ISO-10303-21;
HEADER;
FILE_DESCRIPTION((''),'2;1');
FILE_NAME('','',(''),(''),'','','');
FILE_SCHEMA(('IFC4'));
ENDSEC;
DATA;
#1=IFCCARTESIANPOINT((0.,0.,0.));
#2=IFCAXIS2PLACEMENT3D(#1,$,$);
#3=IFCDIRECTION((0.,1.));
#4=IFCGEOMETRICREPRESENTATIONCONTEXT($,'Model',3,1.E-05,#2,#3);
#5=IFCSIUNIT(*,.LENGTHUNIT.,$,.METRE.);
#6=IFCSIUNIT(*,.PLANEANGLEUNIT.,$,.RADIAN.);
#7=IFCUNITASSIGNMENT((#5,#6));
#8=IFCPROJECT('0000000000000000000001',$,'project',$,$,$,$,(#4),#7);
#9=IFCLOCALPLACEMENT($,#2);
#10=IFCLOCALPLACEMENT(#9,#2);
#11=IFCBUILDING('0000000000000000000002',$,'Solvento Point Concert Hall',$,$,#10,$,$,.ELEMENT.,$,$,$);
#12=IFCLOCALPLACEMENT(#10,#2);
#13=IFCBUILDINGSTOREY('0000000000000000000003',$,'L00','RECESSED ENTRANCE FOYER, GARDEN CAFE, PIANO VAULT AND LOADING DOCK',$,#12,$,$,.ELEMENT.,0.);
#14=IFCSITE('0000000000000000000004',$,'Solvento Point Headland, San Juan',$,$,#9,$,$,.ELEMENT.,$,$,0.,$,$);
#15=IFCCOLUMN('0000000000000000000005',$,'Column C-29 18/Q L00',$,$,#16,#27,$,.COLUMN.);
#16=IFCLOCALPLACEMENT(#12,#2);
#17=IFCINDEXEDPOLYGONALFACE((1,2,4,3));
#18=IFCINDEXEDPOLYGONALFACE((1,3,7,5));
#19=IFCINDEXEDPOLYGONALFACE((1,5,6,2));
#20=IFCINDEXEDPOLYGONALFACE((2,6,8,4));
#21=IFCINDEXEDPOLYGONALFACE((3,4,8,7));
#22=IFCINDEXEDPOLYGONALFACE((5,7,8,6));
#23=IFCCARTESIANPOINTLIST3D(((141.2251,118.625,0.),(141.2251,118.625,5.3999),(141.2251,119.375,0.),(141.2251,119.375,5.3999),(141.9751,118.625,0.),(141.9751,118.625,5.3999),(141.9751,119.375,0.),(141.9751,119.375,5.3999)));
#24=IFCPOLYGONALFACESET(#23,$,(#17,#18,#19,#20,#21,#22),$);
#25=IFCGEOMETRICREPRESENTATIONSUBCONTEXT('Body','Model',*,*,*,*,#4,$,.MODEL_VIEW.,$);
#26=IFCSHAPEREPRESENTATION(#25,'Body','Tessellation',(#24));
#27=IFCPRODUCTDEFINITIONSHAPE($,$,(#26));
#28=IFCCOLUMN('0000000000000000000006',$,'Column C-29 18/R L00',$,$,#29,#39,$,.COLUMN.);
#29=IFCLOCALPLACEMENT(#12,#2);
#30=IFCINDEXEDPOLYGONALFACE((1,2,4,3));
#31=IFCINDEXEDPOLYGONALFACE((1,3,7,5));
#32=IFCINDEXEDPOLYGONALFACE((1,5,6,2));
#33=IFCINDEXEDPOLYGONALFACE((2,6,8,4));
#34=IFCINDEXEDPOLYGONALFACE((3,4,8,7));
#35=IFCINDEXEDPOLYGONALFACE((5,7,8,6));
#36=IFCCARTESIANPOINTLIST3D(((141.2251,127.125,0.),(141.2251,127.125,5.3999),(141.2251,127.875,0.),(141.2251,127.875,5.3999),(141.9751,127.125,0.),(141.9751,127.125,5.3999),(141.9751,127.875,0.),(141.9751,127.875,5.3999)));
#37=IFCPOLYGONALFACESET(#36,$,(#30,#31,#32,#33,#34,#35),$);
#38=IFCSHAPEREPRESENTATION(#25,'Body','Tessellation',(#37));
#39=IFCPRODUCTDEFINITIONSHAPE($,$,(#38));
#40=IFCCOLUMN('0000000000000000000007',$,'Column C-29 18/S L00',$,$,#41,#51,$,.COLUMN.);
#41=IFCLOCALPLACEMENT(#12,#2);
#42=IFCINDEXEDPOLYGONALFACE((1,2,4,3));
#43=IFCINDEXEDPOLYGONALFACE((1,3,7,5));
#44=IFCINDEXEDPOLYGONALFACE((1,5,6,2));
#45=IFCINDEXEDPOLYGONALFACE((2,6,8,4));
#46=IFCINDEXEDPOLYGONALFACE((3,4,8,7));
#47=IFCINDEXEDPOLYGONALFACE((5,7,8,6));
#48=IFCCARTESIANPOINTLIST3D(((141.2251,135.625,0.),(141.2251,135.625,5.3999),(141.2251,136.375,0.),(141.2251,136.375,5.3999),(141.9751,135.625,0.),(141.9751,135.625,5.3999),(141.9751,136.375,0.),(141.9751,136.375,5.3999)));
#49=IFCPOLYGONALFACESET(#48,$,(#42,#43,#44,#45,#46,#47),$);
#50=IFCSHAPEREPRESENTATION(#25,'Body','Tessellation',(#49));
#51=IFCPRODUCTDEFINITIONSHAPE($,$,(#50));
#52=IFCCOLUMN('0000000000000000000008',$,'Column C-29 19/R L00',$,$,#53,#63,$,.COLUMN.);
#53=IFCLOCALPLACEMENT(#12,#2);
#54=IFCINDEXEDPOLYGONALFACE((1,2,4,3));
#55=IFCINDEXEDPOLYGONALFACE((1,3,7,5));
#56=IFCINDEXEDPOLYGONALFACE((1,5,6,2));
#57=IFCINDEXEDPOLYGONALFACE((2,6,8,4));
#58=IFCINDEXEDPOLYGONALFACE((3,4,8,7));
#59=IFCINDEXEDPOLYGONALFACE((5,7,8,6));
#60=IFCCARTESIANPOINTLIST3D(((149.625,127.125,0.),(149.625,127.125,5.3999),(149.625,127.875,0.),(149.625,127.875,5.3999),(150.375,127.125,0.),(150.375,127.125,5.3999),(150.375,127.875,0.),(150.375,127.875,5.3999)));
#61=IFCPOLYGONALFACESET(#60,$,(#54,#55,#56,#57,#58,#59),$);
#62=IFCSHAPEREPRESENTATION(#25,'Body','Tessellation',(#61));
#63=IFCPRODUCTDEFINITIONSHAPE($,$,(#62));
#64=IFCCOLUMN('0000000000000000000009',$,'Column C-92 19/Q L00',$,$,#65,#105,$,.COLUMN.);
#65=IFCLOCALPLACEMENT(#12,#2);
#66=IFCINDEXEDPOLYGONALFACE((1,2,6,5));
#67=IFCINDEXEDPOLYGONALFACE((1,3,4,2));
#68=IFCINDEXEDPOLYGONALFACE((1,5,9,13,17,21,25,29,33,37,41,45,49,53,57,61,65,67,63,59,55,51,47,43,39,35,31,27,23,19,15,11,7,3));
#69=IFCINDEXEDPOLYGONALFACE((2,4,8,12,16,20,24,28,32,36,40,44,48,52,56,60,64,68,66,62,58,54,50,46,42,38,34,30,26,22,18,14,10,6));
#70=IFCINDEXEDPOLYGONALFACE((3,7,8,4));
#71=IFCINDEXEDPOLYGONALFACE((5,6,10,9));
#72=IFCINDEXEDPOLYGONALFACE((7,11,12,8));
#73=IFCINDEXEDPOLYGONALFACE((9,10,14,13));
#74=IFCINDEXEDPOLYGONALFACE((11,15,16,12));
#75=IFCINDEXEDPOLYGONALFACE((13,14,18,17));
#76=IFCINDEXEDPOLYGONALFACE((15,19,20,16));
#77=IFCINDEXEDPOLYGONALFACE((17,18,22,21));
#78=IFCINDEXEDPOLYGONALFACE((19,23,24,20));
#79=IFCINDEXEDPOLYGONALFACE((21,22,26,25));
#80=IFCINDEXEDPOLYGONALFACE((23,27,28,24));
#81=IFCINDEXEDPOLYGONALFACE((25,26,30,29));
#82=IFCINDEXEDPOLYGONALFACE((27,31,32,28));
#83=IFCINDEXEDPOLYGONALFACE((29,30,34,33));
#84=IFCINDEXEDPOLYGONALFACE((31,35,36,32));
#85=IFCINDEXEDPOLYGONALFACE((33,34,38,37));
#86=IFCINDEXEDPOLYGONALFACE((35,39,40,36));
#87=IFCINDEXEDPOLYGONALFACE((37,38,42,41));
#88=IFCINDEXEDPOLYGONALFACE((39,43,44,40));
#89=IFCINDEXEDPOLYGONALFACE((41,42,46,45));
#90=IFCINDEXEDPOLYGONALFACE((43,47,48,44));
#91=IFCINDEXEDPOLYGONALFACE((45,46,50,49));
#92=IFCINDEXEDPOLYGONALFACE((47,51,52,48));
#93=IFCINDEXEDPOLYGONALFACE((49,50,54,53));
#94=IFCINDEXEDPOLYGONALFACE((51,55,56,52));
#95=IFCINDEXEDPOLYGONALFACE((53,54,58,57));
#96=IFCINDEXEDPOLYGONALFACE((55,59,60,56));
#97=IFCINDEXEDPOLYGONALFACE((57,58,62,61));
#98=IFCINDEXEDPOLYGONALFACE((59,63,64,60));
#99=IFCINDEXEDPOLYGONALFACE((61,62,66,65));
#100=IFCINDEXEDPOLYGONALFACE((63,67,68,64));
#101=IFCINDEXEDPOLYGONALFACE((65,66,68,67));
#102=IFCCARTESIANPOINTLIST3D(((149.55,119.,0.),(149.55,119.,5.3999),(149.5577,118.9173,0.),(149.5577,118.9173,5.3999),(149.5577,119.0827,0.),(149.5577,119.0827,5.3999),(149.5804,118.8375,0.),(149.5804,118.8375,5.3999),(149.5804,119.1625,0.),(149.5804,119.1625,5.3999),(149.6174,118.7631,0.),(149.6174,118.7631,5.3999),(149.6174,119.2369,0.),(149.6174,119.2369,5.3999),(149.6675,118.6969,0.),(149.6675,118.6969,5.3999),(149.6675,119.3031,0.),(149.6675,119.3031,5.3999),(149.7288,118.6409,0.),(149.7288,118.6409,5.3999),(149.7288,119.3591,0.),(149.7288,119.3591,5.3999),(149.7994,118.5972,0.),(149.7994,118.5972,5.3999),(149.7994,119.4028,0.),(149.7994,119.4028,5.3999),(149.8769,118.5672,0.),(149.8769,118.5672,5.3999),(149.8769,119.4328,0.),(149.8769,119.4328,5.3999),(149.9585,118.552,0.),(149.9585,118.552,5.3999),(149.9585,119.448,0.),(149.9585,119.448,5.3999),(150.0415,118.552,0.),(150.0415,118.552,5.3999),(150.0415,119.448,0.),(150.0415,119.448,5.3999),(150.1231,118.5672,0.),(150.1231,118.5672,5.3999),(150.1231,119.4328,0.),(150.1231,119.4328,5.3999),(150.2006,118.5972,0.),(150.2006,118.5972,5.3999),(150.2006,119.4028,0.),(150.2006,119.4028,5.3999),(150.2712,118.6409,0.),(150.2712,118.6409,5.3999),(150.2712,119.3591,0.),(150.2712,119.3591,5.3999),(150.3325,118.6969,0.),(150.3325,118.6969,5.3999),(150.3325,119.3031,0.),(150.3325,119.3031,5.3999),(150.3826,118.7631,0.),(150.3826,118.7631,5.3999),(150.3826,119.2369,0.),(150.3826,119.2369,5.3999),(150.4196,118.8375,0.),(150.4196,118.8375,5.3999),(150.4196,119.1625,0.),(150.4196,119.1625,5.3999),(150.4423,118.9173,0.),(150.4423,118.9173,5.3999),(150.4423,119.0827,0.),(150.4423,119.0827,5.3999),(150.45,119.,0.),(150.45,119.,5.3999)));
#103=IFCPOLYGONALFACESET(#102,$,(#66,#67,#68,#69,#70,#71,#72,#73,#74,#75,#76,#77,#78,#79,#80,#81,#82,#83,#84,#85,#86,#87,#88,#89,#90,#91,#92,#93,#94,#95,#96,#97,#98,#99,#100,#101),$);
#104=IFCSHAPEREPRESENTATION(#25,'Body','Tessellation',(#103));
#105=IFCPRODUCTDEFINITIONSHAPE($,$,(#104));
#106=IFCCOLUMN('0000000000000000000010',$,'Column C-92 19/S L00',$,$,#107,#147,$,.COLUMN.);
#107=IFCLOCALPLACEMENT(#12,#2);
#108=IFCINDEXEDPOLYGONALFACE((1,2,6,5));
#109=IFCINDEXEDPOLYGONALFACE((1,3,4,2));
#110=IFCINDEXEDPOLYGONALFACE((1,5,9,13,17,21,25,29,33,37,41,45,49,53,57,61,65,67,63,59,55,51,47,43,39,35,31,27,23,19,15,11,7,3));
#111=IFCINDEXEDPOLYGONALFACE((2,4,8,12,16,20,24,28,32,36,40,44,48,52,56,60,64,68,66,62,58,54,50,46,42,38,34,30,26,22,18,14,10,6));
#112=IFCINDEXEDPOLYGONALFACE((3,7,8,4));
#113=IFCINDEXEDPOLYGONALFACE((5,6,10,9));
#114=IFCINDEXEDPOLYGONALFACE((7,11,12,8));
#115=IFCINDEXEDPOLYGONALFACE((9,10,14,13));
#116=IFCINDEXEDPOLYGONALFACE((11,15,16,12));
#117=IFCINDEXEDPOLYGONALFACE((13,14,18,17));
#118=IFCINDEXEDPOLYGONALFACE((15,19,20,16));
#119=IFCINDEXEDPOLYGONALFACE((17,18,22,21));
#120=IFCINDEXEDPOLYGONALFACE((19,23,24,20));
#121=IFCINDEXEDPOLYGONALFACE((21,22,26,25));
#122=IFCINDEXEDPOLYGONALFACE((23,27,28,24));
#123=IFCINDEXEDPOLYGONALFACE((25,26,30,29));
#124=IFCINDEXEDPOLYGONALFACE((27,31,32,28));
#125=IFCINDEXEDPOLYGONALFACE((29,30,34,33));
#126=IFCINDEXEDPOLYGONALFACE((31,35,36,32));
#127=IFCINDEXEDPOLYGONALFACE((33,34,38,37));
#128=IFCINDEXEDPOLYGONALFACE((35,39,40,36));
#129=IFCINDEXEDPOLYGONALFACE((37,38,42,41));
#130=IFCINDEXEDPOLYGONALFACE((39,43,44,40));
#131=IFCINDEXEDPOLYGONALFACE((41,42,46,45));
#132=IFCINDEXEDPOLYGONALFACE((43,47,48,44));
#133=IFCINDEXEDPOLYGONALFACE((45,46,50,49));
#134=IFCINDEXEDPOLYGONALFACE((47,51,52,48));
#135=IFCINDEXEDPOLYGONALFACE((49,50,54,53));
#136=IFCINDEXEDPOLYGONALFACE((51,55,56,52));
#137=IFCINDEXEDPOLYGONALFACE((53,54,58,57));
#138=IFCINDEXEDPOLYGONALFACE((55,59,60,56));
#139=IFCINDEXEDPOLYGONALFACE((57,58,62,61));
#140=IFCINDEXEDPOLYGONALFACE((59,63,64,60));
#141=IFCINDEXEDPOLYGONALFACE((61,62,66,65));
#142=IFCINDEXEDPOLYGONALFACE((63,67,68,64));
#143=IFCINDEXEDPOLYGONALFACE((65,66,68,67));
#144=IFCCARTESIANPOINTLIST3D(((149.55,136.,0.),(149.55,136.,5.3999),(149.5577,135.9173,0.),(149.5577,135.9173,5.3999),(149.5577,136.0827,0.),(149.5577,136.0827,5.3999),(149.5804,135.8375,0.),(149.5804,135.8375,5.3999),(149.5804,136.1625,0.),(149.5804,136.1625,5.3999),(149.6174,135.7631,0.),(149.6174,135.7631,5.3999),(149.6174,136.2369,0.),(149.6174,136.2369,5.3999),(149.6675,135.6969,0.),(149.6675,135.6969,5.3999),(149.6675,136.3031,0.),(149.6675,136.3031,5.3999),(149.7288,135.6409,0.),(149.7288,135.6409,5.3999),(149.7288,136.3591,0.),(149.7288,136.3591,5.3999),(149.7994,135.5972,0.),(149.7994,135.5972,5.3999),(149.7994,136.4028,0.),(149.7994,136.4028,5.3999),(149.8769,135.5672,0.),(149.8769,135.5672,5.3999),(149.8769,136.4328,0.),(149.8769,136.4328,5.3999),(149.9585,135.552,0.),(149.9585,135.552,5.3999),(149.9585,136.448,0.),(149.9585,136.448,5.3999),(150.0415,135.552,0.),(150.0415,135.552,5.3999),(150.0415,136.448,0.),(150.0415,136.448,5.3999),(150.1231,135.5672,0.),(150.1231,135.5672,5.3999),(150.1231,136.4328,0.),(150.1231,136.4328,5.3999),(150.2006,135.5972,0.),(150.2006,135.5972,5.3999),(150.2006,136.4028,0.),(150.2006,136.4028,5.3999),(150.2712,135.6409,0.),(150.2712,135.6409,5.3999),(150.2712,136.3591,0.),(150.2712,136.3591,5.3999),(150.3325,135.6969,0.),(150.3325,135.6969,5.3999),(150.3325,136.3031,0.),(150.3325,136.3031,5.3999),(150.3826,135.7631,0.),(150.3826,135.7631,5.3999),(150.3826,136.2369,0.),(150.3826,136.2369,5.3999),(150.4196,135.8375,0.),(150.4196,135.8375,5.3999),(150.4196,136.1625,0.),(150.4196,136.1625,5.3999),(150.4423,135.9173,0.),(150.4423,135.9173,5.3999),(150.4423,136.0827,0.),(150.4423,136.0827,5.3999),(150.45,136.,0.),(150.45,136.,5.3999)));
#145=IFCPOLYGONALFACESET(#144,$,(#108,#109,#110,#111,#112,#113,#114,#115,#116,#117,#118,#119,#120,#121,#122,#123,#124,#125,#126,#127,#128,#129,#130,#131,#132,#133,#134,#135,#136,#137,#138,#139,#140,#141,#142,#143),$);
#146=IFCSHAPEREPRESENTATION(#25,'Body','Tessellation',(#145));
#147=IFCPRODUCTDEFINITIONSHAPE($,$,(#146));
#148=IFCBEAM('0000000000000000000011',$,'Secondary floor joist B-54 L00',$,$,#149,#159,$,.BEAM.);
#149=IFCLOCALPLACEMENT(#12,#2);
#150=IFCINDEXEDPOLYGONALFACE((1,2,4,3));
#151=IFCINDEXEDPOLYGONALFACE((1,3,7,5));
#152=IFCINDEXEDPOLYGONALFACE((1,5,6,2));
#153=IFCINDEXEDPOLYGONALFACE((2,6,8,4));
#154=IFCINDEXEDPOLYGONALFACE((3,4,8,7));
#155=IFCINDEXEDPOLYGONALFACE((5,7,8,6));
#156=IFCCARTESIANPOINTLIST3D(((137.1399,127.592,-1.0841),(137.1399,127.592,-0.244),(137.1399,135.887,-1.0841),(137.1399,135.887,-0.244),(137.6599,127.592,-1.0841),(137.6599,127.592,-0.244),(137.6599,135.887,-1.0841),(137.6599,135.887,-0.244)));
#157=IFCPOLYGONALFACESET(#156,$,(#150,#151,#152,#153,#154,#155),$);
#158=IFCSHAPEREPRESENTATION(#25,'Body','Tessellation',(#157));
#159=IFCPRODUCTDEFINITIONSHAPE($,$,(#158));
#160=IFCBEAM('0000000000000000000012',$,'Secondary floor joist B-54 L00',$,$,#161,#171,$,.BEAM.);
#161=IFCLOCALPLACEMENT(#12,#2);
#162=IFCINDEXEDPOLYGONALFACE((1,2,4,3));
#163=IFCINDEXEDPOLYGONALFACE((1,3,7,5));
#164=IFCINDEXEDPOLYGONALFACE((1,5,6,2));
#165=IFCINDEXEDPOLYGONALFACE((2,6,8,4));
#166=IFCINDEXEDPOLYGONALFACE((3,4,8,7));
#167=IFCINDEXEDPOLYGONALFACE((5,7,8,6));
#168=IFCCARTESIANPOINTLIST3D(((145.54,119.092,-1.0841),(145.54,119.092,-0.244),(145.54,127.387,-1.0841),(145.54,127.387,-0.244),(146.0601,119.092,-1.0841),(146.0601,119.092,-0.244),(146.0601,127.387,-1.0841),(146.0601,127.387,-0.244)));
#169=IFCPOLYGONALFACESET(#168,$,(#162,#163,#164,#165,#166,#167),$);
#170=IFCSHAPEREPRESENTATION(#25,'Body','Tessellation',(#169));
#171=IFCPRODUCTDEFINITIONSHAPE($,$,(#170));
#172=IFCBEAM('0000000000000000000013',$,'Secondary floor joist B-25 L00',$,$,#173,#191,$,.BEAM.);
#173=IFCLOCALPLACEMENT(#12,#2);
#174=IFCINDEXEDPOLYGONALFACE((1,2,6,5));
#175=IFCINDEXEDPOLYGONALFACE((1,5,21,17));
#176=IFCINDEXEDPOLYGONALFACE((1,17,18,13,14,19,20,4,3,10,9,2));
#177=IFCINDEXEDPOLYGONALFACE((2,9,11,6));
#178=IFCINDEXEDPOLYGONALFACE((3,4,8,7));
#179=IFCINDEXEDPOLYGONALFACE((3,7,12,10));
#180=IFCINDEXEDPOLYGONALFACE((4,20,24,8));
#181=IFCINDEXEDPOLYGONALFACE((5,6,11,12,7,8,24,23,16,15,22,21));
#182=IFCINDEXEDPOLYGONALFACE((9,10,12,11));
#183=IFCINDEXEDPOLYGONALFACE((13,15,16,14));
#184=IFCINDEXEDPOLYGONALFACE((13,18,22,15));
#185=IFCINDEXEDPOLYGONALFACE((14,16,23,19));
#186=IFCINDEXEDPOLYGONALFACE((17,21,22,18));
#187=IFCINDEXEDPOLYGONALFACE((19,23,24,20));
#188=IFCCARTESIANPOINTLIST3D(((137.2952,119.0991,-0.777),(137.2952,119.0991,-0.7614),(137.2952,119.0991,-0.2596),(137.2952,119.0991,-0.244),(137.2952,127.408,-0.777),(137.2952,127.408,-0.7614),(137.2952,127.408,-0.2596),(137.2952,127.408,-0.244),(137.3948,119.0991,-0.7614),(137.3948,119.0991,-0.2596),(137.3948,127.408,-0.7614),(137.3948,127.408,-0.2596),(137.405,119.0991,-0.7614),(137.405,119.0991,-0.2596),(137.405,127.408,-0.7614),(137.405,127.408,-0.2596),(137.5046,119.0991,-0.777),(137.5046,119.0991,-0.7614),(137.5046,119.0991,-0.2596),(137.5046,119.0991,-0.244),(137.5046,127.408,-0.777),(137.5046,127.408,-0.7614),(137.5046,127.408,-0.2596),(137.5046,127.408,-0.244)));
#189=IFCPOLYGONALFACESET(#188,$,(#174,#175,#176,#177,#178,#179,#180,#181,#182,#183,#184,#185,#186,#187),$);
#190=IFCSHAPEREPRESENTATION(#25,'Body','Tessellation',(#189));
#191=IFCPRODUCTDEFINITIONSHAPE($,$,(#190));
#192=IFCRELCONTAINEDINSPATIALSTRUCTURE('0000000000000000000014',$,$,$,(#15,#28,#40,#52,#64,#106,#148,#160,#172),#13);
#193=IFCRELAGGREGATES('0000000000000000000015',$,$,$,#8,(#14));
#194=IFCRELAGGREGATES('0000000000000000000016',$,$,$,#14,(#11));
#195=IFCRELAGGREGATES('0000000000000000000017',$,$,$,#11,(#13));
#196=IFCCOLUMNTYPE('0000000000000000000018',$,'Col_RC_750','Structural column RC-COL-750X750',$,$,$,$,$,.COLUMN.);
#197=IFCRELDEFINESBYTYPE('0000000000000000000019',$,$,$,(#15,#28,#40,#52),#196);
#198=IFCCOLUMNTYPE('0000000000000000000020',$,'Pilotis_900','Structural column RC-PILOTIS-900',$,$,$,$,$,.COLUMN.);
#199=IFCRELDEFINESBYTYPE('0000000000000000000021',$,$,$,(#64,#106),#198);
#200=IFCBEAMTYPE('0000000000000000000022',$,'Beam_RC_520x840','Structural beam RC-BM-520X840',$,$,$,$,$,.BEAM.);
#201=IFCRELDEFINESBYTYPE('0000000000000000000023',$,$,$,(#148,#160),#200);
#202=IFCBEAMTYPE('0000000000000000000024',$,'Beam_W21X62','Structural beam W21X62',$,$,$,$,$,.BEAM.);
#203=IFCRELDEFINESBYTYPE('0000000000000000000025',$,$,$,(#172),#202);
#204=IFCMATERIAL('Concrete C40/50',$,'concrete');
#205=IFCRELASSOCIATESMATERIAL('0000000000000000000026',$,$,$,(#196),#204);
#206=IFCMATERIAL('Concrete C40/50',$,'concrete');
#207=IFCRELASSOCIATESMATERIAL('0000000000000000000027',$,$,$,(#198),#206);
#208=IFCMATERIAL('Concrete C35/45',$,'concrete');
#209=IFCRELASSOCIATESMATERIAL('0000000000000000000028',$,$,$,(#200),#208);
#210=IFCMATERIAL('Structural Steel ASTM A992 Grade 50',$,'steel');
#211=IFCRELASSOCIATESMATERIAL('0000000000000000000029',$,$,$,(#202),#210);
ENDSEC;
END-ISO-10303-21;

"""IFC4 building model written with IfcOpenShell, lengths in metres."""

from ifc_helpers import new_model, si_unit, direction, frame, origin, origin_2d, place, context, subcontext, project, spatial, rectangle, circle, i_section, extrude, material, material_profile, profile_set, type_object, element, save


model = new_model("IFC4")

# Units and contexts
model_context = context("Model", 3, precision=1e-05, world=origin(), true_north=direction((0.0, 1.0)))
body_context = subcontext(model_context, "Body", "Model", "MODEL_VIEW")
ifc_project = project(units=[si_unit("LENGTHUNIT", "METRE"), si_unit("PLANEANGLEUNIT", "RADIAN")], contexts=[model_context])

# Site, building, storey
site_placement = place(None, origin())
site = spatial("IfcSite", under=ifc_project, at=site_placement, Name="Solvento Point Headland, San Juan", CompositionType="ELEMENT", RefElevation=0.0)
building_placement = place(site_placement, origin())
building = spatial("IfcBuilding", under=site, at=building_placement, Name="Solvento Point Concert Hall", CompositionType="ELEMENT")
storey_placement = place(building_placement, origin())
storey = spatial("IfcBuildingStorey", under=building, at=storey_placement, Name="L00", Description="RECESSED ENTRANCE FOYER, GARDEN CAFE, PIANO VAULT AND LOADING DOCK", CompositionType="ELEMENT", Elevation=0.0)

# Columns
ifc_material_1 = material(Name="Concrete C40/50", Category="concrete")
ifc_material_profile_1 = material_profile(ifc_material_1, rectangle(XDim=0.75, YDim=0.75, at=origin_2d()), Name="RC-COL-750X750")
ifc_profile_set_1 = profile_set([ifc_material_profile_1], Name="Concrete C40/50")
column_type_1 = type_object("IfcColumnType", Name="Col_RC_750", Description="Structural column RC-COL-750X750", PredefinedType="COLUMN", material=ifc_profile_set_1)
for number, where, z_axis, x_axis, name in (
    (1, (141.6001, 119.0, 0.0), (0.0, 0.0, 1.0), (1.0, 0.0, 0.0), "Column C-29 18/Q L00"),
    (2, (141.6001, 127.5, 0.0), (0.0, 0.0, 1.0), (1.0, 0.0, 0.0), "Column C-29 18/R L00"),
    (3, (141.6001, 136.0, 0.0), (0.0, 0.0, 1.0), (1.0, 0.0, 0.0), "Column C-29 18/S L00"),
    (4, (150.0, 127.5, 0.0), (0.0, 0.0, 1.0), (1.0, 0.0, 0.0), "Column C-29 19/R L00"),
):
    element("IfcColumn", number, at=place(storey_placement, frame(where, z_axis=z_axis, x_axis=x_axis)), inside=storey, type_object=column_type_1, Name=name, PredefinedType="COLUMN", context=body_context, shape_type="SweptSolid", body=[
        extrude(rectangle(XDim=0.75, YDim=0.75, at=origin_2d()), origin(), (0.0, 0.0, 1.0), 5.3999),
    ])
ifc_material_2 = material(Name="Concrete C40/50", Category="concrete")
ifc_material_profile_2 = material_profile(ifc_material_2, circle(Radius=0.45, at=origin_2d()), Name="RC-PILOTIS-900")
ifc_profile_set_2 = profile_set([ifc_material_profile_2], Name="Concrete C40/50")
column_type_2 = type_object("IfcColumnType", Name="Pilotis_900", Description="Structural column RC-PILOTIS-900", PredefinedType="COLUMN", material=ifc_profile_set_2)
for number, where, z_axis, x_axis, name in (
    (5, (150.0, 119.0, 0.0), (0.0, 0.0, 1.0), (1.0, 0.0, 0.0), "Column C-92 19/Q L00"),
    (6, (150.0, 136.0, 0.0), (0.0, 0.0, 1.0), (1.0, 0.0, 0.0), "Column C-92 19/S L00"),
):
    element("IfcColumn", number, at=place(storey_placement, frame(where, z_axis=z_axis, x_axis=x_axis)), inside=storey, type_object=column_type_2, Name=name, PredefinedType="COLUMN", context=body_context, shape_type="SweptSolid", body=[
        extrude(circle(Radius=0.45, at=origin_2d()), origin(), (0.0, 0.0, 1.0), 5.3999),
    ])

# Beams
ifc_material_3 = material(Name="Concrete C35/45", Category="concrete")
ifc_material_profile_3 = material_profile(ifc_material_3, rectangle(XDim=0.52, YDim=0.8401, at=origin_2d()), Name="RC-BM-520X840")
ifc_profile_set_3 = profile_set([ifc_material_profile_3], Name="Concrete C35/45")
beam_type_1 = type_object("IfcBeamType", Name="Beam_RC_520x840", Description="Structural beam RC-BM-520X840", PredefinedType="BEAM", material=ifc_profile_set_3)
for number, where, z_axis, x_axis, name in (
    (7, (137.3999, 127.592, -0.6641), (0.0, 1.0, 0.0), (-1.0, 0.0, 0.0), "Secondary floor joist B-54 L00"),
    (8, (145.8, 119.092, -0.6641), (0.0, 1.0, 0.0), (-1.0, 0.0, 0.0), "Secondary floor joist B-54 L00"),
):
    element("IfcBeam", number, at=place(storey_placement, frame(where, z_axis=z_axis, x_axis=x_axis)), inside=storey, type_object=beam_type_1, Name=name, PredefinedType="BEAM", context=body_context, shape_type="SweptSolid", body=[
        extrude(rectangle(XDim=0.52, YDim=0.8401, at=origin_2d()), origin(), (0.0, 0.0, 1.0), 8.2949),
    ])
ifc_material_4 = material(Name="Structural Steel ASTM A992 Grade 50", Category="steel")
ifc_material_profile_4 = material_profile(ifc_material_4, i_section(OverallWidth=0.2095, OverallDepth=0.533, WebThickness=0.0103, FlangeThickness=0.0156, at=origin_2d()), Name="W21X62")
ifc_profile_set_4 = profile_set([ifc_material_profile_4], Name="Structural Steel ASTM A992 Grade 50")
beam_type_2 = type_object("IfcBeamType", Name="Beam_W21X62", Description="Structural beam W21X62", PredefinedType="BEAM", material=ifc_profile_set_4)
beam_1_placement = place(storey_placement, frame((137.3999, 119.0991, -0.5105), z_axis=(0.0, 1.0, 0.0), x_axis=(-1.0, 0.0, 0.0)))
element("IfcBeam", 9, at=beam_1_placement, inside=storey, type_object=beam_type_2, Name="Secondary floor joist B-25 L00", PredefinedType="BEAM", context=body_context, shape_type="SweptSolid", body=[
    extrude(i_section(OverallWidth=0.2095, OverallDepth=0.533, WebThickness=0.0103, FlangeThickness=0.0156, at=origin_2d()), origin(), (0.0, 0.0, 1.0), 8.3088),
])

save(model, "model.ifc")
